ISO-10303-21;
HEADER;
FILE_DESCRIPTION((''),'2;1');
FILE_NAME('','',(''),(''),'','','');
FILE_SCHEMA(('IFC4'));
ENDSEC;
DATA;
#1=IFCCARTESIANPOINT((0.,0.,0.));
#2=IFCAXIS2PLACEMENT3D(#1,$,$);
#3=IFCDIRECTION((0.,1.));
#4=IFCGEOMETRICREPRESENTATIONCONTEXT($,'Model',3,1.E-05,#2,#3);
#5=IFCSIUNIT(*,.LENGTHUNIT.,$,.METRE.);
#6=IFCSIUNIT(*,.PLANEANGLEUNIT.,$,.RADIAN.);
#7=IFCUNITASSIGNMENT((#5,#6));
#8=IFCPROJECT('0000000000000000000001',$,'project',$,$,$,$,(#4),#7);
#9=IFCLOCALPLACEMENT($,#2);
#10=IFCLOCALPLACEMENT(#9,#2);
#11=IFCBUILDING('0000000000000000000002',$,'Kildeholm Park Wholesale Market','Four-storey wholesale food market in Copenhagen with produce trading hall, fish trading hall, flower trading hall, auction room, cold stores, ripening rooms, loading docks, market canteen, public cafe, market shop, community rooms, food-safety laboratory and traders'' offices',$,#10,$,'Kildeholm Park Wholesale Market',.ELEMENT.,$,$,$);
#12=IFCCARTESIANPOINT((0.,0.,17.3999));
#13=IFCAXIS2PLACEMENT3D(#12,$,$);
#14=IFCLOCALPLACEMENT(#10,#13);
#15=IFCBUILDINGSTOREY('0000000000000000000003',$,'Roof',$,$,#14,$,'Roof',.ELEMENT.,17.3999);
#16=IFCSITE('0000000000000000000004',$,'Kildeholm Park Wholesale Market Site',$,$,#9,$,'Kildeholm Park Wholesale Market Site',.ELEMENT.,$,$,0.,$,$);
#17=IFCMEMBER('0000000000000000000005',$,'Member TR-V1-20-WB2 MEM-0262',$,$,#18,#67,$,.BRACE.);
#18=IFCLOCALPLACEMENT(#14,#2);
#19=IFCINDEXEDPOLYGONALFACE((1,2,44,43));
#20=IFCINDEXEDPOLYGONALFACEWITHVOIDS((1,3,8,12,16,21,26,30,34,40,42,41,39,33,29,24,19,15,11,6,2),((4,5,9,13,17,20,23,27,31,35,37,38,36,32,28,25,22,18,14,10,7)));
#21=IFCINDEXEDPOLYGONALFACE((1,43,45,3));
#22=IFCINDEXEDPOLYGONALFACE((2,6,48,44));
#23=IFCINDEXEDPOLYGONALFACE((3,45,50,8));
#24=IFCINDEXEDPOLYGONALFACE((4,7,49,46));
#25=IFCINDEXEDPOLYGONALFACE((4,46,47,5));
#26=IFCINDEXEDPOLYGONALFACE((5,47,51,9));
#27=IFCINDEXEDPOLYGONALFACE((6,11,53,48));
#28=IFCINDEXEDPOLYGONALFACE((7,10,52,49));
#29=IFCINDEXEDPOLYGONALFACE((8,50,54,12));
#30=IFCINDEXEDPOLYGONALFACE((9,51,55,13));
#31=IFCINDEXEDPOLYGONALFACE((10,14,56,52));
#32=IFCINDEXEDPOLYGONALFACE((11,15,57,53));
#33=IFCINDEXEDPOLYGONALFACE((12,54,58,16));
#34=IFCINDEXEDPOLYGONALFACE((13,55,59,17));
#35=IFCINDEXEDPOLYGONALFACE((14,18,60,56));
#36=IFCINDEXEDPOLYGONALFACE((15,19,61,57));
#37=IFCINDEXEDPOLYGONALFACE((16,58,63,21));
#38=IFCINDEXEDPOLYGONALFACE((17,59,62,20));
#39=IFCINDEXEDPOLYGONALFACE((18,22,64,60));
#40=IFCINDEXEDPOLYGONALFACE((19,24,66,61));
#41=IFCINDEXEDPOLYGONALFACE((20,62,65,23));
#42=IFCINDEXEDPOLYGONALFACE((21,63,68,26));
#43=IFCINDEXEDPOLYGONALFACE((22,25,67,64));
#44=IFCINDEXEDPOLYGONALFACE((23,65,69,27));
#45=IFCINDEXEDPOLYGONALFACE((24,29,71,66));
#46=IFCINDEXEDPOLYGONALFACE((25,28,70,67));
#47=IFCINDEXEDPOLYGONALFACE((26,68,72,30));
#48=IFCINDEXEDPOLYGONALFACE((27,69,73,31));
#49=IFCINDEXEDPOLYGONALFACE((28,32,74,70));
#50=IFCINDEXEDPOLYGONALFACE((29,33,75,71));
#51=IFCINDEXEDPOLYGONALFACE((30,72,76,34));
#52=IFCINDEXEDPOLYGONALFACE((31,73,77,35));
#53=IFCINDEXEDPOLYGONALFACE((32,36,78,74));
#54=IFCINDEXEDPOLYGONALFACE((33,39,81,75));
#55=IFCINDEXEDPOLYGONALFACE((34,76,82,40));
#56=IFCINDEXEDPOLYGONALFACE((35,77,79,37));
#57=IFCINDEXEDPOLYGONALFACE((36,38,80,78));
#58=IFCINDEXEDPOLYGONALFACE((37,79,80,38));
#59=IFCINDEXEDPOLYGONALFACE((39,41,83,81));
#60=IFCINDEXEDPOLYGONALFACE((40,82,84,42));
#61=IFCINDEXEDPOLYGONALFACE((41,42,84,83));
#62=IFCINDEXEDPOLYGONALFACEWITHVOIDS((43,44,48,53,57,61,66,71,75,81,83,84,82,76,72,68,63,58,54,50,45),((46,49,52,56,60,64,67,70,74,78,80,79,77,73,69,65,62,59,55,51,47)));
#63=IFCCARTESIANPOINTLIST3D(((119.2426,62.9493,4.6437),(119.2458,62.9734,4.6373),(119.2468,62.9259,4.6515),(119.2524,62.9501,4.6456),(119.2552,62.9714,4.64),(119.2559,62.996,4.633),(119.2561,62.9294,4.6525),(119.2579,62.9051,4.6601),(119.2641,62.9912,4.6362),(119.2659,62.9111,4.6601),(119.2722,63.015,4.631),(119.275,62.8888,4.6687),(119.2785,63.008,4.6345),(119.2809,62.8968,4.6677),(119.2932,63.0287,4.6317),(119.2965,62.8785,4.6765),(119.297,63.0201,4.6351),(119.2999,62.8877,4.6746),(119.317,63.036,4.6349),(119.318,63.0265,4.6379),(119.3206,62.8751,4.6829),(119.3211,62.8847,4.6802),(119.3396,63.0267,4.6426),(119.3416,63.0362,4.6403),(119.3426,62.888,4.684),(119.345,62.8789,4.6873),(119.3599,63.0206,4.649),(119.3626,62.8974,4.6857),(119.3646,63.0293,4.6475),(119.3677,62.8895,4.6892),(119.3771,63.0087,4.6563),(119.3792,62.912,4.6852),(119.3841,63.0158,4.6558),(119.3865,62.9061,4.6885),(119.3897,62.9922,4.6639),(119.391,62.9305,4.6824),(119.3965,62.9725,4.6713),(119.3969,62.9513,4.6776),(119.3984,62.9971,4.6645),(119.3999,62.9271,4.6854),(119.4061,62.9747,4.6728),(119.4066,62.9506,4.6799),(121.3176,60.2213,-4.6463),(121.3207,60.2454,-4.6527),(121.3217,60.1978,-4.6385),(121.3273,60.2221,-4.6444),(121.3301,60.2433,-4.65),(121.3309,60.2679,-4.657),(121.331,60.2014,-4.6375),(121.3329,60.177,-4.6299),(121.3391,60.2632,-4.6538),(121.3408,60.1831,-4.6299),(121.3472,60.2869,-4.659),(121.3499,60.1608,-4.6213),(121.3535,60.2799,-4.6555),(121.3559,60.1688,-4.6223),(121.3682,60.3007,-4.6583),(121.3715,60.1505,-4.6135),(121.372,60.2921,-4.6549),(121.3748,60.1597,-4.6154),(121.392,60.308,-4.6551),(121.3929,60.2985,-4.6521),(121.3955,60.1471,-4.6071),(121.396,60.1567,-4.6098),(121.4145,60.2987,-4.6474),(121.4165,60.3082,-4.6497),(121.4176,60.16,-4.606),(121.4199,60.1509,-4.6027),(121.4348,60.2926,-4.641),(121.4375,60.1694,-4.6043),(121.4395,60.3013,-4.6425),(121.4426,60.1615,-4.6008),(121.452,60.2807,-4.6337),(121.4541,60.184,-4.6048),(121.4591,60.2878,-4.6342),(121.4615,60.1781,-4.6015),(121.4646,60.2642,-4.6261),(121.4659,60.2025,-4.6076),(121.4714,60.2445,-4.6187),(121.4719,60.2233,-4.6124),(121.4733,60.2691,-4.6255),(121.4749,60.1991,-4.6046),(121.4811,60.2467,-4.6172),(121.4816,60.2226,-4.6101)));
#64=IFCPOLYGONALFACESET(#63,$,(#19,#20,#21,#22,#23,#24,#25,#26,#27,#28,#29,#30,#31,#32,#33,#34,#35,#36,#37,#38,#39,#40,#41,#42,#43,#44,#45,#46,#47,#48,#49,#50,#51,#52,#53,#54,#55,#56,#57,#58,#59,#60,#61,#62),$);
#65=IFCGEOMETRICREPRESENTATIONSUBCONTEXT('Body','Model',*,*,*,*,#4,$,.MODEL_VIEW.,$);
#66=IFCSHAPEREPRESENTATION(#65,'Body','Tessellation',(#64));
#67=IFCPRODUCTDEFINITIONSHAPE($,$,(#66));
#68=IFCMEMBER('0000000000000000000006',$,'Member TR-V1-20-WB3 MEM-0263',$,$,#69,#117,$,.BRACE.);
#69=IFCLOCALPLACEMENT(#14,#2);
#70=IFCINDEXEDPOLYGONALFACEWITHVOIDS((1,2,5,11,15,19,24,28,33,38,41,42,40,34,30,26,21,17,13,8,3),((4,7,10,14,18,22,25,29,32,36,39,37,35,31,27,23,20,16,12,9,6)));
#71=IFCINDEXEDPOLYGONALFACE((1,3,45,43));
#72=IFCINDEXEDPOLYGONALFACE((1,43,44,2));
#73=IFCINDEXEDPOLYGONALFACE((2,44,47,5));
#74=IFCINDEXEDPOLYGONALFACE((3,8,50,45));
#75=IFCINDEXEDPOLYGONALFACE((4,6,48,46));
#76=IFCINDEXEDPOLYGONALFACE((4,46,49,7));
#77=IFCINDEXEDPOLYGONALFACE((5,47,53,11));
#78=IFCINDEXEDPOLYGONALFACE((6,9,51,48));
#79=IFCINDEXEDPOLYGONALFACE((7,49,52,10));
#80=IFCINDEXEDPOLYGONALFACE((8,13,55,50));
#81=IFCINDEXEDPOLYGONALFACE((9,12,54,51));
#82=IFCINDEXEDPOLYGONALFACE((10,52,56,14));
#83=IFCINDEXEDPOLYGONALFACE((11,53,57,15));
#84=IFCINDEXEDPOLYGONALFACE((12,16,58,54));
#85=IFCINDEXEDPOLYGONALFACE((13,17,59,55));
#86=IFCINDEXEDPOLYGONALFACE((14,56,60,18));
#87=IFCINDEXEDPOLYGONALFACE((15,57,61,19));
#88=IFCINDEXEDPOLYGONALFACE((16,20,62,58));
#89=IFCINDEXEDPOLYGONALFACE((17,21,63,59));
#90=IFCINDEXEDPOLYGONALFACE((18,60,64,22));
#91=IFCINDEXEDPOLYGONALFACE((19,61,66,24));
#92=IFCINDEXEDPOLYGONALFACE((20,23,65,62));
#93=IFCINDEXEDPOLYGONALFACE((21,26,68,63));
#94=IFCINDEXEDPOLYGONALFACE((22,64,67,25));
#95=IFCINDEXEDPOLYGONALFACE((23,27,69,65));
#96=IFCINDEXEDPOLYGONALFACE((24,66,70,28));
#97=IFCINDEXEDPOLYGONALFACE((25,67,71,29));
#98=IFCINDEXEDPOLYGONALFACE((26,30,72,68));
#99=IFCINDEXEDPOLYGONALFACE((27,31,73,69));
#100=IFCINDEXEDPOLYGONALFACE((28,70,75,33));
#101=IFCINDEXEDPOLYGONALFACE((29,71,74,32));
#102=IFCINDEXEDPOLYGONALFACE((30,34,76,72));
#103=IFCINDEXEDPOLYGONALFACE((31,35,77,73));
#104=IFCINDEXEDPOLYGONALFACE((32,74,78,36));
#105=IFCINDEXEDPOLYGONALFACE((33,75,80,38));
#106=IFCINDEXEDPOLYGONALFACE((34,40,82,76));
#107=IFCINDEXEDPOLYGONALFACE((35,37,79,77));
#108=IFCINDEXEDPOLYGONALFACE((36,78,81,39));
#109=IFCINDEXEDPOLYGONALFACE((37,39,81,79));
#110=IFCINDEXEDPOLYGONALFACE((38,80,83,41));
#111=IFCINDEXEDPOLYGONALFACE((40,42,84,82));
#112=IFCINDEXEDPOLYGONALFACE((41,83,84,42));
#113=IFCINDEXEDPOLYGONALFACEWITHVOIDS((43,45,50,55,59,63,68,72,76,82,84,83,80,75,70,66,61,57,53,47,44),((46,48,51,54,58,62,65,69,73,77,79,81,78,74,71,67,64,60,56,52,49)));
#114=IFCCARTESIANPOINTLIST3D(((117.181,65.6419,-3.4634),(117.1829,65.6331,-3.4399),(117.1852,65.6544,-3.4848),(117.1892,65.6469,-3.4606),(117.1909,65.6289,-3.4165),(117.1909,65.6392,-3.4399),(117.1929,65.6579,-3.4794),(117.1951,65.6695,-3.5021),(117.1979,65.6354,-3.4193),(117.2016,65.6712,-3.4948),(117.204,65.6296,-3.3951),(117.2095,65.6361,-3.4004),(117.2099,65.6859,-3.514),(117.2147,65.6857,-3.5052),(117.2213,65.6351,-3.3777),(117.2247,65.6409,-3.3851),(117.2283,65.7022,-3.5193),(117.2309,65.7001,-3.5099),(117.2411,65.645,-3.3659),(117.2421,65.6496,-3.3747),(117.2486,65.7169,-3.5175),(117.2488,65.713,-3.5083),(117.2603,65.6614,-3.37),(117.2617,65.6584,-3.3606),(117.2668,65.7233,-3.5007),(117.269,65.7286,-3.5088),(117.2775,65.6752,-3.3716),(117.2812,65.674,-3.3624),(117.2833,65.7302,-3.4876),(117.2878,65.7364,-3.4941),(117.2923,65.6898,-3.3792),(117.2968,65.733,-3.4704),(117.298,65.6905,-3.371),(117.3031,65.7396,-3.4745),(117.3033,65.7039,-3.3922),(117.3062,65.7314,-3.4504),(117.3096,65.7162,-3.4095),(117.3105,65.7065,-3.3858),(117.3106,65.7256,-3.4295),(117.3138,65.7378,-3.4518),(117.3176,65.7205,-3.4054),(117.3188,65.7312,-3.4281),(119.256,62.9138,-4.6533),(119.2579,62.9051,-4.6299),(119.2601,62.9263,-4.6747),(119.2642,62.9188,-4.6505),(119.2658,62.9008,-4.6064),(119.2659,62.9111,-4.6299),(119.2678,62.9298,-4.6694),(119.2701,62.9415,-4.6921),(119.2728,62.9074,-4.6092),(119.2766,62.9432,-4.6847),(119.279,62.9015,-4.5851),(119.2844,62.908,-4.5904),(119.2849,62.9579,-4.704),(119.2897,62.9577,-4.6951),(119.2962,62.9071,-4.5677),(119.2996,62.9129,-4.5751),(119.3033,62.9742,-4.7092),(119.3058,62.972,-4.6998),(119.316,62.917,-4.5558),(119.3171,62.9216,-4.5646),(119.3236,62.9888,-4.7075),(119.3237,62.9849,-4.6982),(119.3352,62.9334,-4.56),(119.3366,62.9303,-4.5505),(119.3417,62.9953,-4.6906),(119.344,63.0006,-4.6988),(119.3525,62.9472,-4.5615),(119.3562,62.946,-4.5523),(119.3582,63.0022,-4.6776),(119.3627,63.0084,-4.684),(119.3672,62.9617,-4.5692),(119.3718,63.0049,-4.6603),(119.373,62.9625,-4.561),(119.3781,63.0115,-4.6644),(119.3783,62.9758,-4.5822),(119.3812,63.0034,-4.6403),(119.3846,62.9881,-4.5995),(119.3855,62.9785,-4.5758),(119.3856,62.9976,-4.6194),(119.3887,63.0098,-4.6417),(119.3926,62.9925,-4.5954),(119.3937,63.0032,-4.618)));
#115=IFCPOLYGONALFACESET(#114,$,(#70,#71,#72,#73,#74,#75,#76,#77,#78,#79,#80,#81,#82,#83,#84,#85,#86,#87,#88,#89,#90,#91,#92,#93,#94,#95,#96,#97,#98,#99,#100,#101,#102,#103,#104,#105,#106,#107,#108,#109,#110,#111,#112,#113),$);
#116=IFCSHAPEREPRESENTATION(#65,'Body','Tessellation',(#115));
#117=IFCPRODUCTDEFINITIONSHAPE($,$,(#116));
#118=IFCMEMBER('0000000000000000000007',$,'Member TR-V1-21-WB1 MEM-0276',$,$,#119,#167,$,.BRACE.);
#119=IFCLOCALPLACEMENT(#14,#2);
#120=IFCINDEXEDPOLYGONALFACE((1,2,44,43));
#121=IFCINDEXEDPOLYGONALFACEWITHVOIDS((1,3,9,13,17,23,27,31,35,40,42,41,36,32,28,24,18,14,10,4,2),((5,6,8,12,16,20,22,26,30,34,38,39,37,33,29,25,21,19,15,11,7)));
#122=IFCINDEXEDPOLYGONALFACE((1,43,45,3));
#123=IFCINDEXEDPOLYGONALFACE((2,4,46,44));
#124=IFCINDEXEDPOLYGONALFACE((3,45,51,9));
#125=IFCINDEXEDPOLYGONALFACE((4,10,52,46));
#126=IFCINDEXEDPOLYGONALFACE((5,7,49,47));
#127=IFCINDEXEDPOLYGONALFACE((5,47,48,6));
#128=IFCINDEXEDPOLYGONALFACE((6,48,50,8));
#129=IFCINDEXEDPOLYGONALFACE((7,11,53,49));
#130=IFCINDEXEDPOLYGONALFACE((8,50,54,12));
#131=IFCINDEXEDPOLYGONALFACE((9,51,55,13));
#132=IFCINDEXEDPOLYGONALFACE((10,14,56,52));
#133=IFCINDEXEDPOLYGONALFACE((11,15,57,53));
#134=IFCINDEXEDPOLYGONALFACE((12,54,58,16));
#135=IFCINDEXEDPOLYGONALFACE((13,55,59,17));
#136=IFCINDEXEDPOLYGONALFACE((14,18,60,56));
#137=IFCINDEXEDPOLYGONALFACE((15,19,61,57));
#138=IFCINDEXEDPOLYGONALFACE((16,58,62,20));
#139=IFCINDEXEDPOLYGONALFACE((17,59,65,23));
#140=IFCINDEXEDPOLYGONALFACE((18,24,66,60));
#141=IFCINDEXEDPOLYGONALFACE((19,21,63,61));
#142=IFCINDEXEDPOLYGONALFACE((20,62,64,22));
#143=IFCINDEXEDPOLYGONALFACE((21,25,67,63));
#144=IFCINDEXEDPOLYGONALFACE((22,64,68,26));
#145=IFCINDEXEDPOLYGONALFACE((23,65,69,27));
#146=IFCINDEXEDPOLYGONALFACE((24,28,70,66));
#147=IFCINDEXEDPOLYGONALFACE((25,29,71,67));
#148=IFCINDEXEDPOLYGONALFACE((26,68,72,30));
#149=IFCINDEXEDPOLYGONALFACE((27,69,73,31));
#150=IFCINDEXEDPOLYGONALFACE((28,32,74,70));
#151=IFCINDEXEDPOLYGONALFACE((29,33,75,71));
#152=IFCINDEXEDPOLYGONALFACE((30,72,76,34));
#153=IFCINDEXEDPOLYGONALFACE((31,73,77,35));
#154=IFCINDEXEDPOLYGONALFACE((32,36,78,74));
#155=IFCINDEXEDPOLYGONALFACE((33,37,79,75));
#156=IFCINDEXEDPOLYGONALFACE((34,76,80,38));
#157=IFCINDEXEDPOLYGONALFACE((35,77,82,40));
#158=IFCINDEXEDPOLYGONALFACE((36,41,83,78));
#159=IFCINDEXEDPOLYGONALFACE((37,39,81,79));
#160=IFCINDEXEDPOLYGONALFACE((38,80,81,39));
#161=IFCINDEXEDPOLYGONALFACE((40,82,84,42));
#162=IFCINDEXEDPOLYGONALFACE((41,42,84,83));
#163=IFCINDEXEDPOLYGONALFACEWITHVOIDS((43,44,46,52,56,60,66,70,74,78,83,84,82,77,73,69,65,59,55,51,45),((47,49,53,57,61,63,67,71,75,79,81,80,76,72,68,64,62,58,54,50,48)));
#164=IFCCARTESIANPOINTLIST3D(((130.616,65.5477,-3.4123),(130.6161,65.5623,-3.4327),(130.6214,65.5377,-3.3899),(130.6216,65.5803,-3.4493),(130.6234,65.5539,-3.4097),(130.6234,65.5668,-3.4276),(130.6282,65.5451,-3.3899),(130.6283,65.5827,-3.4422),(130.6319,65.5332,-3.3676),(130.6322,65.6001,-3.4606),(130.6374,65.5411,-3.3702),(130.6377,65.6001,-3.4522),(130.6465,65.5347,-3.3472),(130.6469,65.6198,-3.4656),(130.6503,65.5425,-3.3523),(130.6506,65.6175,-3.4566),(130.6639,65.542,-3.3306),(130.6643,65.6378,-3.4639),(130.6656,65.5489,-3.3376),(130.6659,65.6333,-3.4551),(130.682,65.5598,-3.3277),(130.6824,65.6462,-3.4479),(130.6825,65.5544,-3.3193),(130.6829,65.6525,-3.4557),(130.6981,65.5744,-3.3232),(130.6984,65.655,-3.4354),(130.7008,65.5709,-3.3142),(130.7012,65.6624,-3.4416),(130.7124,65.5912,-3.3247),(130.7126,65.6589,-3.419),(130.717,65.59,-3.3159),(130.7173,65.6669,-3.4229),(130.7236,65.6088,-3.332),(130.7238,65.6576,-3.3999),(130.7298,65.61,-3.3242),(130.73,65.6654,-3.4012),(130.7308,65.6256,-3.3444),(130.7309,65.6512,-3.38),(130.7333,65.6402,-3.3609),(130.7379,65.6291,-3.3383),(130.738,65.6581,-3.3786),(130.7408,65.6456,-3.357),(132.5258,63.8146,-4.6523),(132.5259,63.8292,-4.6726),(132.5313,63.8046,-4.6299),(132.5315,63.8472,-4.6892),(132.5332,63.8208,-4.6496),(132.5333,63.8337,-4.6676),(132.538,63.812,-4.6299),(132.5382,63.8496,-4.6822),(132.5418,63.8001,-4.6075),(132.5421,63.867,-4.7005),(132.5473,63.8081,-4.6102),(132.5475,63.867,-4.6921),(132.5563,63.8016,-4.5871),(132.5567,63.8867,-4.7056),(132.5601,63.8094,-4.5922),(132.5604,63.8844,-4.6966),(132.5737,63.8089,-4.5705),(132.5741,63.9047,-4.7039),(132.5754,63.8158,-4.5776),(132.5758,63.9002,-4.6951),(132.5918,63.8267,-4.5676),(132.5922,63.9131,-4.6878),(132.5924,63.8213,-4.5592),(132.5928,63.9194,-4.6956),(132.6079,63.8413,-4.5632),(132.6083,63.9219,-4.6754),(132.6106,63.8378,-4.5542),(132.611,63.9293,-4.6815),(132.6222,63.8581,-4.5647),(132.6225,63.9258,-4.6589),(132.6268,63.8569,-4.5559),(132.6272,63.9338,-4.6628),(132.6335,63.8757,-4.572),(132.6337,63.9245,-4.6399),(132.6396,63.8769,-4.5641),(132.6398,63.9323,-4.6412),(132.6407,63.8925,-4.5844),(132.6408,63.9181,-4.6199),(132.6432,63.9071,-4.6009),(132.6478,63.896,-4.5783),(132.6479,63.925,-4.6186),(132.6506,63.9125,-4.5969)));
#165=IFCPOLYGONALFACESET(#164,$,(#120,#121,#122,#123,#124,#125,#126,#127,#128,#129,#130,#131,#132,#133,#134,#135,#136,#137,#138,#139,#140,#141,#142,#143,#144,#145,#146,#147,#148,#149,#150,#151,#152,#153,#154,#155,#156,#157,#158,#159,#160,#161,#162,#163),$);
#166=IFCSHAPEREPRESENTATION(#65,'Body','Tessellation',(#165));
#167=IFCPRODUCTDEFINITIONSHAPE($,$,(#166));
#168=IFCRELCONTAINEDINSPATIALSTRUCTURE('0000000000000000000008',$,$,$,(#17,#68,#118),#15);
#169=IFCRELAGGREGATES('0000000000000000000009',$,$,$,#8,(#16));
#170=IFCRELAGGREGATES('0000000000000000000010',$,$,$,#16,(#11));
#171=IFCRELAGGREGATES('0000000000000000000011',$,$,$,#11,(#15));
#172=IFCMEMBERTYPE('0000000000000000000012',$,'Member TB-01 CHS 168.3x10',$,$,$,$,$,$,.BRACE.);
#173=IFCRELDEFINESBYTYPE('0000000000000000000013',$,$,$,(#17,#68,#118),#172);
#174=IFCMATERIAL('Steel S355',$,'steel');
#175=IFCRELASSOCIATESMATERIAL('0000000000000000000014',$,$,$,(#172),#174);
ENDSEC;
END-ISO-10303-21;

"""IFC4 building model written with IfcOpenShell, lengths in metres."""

from ifc_helpers import new_model, si_unit, direction, frame, origin, origin_2d, place, context, subcontext, project, spatial, hollow_circle, extrude, material, material_profile, profile_set, type_object, element, save


model = new_model("IFC4")

# Units and contexts
model_context = context("Model", 3, precision=1e-05, world=origin(), true_north=direction((0.0, 1.0)))
body_context = subcontext(model_context, "Body", "Model", "MODEL_VIEW")
ifc_project = project(units=[si_unit("LENGTHUNIT", "METRE"), si_unit("PLANEANGLEUNIT", "RADIAN")], contexts=[model_context])

# Site, building, storey
site_placement = place(None, origin())
site = spatial("IfcSite", under=ifc_project, at=site_placement, Name="Kildeholm Park Wholesale Market Site", LongName="Kildeholm Park Wholesale Market Site", CompositionType="ELEMENT", RefElevation=0.0)
building_placement = place(site_placement, origin())
building = spatial("IfcBuilding", under=site, at=building_placement, Name="Kildeholm Park Wholesale Market", Description="Four-storey wholesale food market in Copenhagen with produce trading hall, fish trading hall, flower trading hall, auction room, cold stores, ripening rooms, loading docks, market canteen, public cafe, market shop, community rooms, food-safety laboratory and traders' offices", LongName="Kildeholm Park Wholesale Market", CompositionType="ELEMENT")
storey_placement = place(building_placement, frame((0.0, 0.0, 17.3999)))
storey = spatial("IfcBuildingStorey", under=building, at=storey_placement, Name="Roof", LongName="Roof", CompositionType="ELEMENT", Elevation=17.3999)

# Shared definitions
ifc_material_1 = material(Name="Steel S355", Category="steel")

# Members
ifc_material_profile_1 = material_profile(ifc_material_1, hollow_circle(Radius=0.0842, WallThickness=0.01, at=origin_2d()), Name="CHS 168.3x10")
ifc_profile_set_1 = profile_set([ifc_material_profile_1], Name="Steel S355")
member_type_1 = type_object("IfcMemberType", Name="Member TB-01 CHS 168.3x10", PredefinedType="BRACE", material=ifc_profile_set_1)
member_1_placement = place(storey_placement, frame((121.3999, 60.228, -4.6299), z_axis=(-0.209546, 0.275499, 0.938185), x_axis=(-0.79593, -0.605388, 0.0)))
element("IfcMember", 1, at=member_1_placement, inside=storey, type_object=member_type_1, Name="Member TR-V1-20-WB2 MEM-0262", PredefinedType="BRACE", context=body_context, shape_type="SweptSolid", body=[
    extrude(hollow_circle(Radius=0.0842, WallThickness=0.01, at=origin_2d()), origin(), (0.0, 0.0, 1.0), 9.9021),
])
member_2_placement = place(storey_placement, frame((119.325, 62.9561, -4.6299), z_axis=(-0.571902, 0.751905, 0.327974), x_axis=(-0.79593, -0.605388, 0.0)))
element("IfcMember", 2, at=member_2_placement, inside=storey, type_object=member_type_1, Name="Member TR-V1-20-WB3 MEM-0263", PredefinedType="BRACE", context=body_context, shape_type="SweptSolid", body=[
    extrude(hollow_circle(Radius=0.0842, WallThickness=0.01, at=origin_2d()), origin(), (0.0, 0.0, 1.0), 3.6282),
])
member_3_placement = place(storey_placement, frame((132.5879, 63.8669, -4.6299), z_axis=(-0.667411, 0.605644, 0.43331), x_axis=(-0.672008, -0.740544, 0.0)))
element("IfcMember", 3, at=member_3_placement, inside=storey, type_object=member_type_1, Name="Member TR-V1-21-WB1 MEM-0276", PredefinedType="BRACE", context=body_context, shape_type="SweptSolid", body=[
    extrude(hollow_circle(Radius=0.0842, WallThickness=0.01, at=origin_2d()), origin(), (0.0, 0.0, 1.0), 2.8616),
])

save(model, "model.ifc")
